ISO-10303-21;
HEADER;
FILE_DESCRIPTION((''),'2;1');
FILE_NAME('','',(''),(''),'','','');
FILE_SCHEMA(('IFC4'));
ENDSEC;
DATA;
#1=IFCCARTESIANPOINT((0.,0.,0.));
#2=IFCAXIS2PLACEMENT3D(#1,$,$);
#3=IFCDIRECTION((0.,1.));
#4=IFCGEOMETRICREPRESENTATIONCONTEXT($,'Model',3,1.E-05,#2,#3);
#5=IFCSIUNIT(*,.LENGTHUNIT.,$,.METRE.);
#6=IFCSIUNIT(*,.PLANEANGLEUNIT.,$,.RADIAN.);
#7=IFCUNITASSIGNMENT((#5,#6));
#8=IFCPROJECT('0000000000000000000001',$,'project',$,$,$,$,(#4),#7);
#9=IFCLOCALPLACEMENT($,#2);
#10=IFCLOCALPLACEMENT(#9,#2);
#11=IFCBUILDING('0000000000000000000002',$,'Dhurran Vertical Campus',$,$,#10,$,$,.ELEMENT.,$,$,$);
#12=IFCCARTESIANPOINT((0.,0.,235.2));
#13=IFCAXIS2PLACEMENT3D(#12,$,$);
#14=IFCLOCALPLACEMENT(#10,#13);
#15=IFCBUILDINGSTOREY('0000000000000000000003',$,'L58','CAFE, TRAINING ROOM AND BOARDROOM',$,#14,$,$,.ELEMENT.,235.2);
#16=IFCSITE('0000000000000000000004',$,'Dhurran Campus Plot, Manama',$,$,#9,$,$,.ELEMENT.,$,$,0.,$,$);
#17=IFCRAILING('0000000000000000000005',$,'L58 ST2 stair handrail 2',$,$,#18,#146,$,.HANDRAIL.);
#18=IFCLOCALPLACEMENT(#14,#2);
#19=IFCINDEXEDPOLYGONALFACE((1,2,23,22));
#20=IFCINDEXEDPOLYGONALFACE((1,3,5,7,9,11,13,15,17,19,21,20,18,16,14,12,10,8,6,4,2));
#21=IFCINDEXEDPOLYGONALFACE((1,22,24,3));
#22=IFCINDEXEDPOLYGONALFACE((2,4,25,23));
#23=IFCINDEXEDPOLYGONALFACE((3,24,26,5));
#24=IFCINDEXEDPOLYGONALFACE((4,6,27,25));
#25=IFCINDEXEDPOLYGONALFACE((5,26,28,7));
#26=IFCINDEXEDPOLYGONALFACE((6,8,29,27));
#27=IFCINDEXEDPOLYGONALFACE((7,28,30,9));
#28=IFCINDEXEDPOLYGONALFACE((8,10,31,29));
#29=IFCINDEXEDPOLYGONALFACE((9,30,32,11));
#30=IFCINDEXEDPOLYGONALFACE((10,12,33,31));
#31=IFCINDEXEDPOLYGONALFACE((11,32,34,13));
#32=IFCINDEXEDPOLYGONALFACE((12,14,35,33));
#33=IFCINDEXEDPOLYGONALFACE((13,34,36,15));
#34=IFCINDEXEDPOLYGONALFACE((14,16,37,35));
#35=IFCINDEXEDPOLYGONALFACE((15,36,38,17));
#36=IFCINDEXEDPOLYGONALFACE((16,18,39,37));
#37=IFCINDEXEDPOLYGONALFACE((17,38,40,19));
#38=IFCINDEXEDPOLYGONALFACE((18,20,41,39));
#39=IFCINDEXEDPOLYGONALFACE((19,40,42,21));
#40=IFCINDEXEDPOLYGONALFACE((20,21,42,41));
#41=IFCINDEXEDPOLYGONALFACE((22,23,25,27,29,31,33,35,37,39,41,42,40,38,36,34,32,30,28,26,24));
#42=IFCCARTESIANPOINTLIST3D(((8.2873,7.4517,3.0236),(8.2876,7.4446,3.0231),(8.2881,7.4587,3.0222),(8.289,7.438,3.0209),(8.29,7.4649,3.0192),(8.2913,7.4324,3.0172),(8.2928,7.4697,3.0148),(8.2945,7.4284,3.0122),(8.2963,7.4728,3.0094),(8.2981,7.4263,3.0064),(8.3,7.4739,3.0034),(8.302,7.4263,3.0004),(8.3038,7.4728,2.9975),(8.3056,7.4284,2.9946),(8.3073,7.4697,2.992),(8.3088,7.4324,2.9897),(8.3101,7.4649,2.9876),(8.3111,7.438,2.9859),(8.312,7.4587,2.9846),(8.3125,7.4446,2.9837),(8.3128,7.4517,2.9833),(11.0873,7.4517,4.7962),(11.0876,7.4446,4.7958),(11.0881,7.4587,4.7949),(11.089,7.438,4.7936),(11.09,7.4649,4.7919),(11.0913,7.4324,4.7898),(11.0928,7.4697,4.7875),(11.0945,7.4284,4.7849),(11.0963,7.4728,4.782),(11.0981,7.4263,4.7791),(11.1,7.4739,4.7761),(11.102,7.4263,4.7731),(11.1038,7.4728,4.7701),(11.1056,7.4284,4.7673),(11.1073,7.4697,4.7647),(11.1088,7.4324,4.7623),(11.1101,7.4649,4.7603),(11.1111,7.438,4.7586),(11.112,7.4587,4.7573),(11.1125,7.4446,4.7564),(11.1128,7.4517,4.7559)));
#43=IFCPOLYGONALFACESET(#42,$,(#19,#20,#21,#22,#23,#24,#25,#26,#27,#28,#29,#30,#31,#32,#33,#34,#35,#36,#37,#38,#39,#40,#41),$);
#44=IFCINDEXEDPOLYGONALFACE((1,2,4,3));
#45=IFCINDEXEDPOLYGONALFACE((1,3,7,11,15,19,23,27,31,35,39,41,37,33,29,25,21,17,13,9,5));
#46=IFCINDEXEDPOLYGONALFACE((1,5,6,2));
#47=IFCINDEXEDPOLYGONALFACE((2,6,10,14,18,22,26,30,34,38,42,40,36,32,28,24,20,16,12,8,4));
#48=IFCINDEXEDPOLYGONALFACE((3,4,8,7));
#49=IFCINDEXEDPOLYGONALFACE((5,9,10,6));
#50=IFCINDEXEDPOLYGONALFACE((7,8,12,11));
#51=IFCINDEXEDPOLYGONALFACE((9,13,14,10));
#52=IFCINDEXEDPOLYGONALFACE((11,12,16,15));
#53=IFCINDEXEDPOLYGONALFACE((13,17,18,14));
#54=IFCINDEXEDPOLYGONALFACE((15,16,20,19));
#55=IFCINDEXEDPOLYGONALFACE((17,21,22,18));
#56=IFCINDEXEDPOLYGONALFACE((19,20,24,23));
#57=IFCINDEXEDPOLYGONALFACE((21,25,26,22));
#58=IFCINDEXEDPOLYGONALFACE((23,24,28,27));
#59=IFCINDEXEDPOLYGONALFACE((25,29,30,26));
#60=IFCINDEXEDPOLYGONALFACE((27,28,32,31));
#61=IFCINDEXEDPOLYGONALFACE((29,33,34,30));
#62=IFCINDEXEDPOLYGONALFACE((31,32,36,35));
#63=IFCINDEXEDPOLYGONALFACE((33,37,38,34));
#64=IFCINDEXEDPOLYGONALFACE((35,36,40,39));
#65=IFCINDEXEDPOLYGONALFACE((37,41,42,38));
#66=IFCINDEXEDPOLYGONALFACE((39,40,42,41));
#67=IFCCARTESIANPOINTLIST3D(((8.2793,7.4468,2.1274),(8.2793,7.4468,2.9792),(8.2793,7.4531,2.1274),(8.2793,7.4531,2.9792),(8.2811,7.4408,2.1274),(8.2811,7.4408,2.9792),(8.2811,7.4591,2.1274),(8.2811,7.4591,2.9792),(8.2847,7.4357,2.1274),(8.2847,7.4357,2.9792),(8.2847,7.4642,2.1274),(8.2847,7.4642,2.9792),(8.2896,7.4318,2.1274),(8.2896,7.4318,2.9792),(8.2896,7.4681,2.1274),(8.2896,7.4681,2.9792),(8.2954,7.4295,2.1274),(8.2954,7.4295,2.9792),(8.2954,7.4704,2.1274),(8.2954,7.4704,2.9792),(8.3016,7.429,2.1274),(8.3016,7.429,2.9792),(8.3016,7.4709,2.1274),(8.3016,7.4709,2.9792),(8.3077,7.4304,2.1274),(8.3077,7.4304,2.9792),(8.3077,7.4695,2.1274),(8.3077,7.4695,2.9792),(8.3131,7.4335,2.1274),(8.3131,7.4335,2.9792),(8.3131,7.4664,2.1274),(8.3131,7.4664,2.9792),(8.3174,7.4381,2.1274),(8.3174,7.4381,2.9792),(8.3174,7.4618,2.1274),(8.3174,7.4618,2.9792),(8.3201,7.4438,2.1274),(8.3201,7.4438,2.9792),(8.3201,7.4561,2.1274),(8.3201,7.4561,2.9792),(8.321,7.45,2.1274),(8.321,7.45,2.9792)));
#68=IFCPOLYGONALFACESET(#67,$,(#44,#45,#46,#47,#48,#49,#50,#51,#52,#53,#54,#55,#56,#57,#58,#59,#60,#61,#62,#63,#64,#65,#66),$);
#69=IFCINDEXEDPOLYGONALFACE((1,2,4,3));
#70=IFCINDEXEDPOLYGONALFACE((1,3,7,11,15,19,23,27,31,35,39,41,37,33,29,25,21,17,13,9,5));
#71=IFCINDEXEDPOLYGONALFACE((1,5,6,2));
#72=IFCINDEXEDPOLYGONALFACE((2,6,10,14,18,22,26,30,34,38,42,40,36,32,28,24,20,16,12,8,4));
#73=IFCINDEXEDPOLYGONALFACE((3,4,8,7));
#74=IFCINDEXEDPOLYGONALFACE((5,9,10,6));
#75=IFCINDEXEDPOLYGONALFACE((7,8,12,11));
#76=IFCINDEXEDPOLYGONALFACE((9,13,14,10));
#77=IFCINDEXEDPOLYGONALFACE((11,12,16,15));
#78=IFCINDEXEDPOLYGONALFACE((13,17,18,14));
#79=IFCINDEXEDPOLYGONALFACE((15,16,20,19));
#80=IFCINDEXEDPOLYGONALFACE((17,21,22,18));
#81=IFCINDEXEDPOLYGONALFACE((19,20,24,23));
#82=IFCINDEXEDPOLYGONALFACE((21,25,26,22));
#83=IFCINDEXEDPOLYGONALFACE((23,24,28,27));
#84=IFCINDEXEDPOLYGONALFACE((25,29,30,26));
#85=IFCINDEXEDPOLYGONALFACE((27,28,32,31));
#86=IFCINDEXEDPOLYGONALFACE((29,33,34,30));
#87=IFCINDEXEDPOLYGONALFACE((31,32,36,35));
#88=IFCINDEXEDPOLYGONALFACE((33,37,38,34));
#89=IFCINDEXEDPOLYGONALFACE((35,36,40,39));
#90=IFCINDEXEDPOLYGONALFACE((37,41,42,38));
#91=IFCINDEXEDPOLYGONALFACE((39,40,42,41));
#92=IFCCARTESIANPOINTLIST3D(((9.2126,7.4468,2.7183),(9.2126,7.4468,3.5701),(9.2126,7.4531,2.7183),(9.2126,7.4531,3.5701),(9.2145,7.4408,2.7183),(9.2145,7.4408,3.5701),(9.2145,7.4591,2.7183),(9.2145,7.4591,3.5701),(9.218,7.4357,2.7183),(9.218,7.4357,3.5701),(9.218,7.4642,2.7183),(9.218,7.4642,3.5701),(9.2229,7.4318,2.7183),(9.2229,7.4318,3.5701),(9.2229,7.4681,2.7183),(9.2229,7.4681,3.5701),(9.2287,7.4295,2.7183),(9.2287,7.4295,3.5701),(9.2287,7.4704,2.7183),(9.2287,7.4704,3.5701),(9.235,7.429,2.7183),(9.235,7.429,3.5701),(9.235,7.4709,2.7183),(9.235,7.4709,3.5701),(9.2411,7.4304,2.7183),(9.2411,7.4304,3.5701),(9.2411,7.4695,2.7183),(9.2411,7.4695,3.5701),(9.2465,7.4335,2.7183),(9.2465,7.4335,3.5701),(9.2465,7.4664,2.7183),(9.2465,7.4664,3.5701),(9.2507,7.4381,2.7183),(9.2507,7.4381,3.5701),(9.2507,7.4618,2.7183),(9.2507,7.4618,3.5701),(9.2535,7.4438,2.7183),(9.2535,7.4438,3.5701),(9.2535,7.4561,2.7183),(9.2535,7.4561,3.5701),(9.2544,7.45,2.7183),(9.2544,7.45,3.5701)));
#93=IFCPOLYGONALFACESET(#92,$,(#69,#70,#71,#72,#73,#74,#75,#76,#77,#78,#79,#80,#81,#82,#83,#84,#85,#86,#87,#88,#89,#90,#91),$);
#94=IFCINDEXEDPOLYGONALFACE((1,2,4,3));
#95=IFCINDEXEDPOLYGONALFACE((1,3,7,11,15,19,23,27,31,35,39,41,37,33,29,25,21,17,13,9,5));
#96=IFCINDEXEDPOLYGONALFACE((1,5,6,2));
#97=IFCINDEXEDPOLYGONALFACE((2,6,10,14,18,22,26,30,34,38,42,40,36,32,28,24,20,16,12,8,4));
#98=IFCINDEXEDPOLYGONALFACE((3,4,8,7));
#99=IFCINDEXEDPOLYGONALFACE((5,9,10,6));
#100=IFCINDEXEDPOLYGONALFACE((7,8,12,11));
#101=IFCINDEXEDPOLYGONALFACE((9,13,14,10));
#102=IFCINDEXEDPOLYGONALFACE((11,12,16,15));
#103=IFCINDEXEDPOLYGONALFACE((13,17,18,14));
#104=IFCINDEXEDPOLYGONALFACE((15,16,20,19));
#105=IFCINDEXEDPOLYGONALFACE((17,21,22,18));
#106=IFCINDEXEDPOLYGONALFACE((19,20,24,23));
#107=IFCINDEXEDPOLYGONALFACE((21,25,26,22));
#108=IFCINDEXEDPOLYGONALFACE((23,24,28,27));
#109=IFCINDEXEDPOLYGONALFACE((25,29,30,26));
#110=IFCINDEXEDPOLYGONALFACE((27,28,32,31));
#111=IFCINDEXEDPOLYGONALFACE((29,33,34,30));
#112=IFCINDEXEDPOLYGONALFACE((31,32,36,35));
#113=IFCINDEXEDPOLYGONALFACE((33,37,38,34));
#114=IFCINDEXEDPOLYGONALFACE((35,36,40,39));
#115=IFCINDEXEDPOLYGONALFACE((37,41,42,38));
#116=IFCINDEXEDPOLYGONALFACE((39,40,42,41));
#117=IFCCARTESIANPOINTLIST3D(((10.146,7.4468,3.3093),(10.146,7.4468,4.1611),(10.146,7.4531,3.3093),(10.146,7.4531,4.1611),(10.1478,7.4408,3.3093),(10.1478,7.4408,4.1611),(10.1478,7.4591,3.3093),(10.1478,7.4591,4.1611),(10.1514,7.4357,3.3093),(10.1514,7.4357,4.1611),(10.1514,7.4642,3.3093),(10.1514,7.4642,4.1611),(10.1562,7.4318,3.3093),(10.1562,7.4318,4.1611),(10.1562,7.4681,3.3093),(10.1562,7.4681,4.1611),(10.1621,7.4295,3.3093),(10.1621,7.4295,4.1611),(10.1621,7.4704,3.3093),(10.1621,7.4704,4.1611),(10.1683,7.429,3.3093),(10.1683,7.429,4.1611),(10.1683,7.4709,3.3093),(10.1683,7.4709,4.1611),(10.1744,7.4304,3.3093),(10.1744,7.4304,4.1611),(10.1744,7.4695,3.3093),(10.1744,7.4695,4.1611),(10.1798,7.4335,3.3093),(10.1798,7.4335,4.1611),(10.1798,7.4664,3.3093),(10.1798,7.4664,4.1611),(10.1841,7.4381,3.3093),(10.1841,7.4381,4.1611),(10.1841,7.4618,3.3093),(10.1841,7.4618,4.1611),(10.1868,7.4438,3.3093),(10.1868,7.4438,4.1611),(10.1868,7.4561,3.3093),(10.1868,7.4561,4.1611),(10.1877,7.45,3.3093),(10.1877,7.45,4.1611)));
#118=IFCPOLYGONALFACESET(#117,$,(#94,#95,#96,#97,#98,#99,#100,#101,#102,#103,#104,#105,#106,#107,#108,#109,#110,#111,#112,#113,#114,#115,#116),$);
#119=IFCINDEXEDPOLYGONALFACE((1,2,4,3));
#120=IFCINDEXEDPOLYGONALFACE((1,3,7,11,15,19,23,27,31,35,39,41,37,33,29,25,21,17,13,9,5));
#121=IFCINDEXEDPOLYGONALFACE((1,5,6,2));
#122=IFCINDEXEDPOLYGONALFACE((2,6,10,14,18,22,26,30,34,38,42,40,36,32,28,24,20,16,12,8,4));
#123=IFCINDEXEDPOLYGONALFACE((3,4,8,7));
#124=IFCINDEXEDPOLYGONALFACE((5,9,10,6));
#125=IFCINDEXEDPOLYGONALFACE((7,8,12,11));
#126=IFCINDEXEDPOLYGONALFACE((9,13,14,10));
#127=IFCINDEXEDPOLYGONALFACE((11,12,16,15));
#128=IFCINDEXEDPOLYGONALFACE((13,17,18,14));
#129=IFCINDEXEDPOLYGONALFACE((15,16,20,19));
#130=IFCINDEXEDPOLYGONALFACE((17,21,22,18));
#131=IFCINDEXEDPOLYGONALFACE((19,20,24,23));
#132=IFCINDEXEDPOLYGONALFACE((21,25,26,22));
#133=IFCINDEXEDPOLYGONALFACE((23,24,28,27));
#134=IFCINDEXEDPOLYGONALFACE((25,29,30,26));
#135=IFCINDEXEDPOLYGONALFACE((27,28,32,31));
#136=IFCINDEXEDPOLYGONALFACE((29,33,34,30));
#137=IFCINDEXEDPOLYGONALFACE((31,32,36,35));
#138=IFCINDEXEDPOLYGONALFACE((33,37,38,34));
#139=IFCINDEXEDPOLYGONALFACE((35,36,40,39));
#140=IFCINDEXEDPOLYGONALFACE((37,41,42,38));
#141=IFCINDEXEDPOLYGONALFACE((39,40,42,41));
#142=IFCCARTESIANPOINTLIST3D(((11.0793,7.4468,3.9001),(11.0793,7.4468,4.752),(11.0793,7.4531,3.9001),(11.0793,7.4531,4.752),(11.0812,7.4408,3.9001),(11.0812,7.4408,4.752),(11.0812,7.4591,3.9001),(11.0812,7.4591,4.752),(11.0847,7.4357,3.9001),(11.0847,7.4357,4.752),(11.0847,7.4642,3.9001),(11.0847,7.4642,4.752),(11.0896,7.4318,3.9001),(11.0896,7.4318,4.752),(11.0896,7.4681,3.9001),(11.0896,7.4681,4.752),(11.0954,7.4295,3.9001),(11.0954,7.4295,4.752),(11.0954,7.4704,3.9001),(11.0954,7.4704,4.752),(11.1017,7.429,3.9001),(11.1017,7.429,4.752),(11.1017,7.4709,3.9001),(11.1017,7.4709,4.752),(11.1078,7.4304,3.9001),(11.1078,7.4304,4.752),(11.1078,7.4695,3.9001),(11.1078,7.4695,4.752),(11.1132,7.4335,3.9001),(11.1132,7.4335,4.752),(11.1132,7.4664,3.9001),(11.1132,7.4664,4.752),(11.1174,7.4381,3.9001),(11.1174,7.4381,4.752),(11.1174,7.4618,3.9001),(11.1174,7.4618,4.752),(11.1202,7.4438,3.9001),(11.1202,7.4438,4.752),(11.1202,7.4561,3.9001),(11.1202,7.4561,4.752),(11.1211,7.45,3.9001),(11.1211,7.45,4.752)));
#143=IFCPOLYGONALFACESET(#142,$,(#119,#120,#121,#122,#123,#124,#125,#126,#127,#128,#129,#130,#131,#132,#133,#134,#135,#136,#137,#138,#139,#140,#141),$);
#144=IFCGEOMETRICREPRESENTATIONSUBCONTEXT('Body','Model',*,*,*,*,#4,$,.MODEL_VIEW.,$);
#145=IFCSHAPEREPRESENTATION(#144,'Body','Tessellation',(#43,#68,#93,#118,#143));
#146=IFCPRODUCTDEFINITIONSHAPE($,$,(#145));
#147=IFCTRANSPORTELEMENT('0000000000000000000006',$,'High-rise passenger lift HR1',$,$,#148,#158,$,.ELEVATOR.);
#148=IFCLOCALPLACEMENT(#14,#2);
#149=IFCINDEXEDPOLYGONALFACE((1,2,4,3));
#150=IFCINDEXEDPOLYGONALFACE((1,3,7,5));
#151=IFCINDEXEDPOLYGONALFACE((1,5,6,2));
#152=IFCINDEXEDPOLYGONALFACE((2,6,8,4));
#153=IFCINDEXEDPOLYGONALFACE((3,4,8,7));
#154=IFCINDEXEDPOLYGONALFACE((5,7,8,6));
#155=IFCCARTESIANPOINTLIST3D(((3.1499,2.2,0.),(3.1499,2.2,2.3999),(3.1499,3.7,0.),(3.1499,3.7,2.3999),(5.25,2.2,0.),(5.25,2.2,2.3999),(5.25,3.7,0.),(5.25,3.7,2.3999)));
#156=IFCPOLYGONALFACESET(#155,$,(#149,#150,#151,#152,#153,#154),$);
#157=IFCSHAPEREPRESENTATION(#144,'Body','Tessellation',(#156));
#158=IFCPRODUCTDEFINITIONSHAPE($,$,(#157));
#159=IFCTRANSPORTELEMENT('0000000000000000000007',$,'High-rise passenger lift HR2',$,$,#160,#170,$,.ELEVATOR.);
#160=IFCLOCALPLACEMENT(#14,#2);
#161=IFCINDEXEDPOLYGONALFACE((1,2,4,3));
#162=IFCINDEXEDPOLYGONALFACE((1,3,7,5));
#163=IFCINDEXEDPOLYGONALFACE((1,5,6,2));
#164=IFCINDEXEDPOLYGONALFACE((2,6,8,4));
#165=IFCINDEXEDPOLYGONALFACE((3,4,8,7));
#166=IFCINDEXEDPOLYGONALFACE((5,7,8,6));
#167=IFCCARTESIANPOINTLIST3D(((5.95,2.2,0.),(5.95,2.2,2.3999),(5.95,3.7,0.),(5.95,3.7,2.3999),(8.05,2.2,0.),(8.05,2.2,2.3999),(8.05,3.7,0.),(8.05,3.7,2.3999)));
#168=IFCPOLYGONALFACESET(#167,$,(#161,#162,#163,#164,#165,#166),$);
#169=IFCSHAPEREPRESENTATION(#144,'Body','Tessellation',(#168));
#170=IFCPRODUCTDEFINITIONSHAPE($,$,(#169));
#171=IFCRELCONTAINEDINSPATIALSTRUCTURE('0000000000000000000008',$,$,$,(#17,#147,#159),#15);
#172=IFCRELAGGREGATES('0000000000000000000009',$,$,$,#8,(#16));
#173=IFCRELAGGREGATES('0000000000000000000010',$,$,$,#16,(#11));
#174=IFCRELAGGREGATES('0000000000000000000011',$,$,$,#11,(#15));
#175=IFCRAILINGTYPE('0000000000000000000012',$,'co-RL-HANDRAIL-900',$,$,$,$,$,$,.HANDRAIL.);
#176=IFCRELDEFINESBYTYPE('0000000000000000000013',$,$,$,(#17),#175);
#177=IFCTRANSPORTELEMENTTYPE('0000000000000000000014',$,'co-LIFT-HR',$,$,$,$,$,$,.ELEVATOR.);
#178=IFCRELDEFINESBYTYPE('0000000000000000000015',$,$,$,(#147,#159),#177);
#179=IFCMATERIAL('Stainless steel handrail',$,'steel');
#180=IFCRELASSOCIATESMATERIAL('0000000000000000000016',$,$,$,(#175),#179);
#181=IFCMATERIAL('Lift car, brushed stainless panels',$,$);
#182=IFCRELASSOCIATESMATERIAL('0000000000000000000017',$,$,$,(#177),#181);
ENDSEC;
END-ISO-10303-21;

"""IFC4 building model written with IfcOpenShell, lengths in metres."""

from ifc_helpers import new_model, si_unit, direction, frame, origin, origin_2d, place, context, subcontext, project, spatial, rectangle, circle, extrude, material, type_object, element, save


model = new_model("IFC4")

# Units and contexts
model_context = context("Model", 3, precision=1e-05, world=origin(), true_north=direction((0.0, 1.0)))
body_context = subcontext(model_context, "Body", "Model", "MODEL_VIEW")
ifc_project = project(units=[si_unit("LENGTHUNIT", "METRE"), si_unit("PLANEANGLEUNIT", "RADIAN")], contexts=[model_context])

# Site, building, storey
site_placement = place(None, origin())
site = spatial("IfcSite", under=ifc_project, at=site_placement, Name="Dhurran Campus Plot, Manama", CompositionType="ELEMENT", RefElevation=0.0)
building_placement = place(site_placement, origin())
building = spatial("IfcBuilding", under=site, at=building_placement, Name="Dhurran Vertical Campus", CompositionType="ELEMENT")
storey_placement = place(building_placement, frame((0.0, 0.0, 235.2)))
storey = spatial("IfcBuildingStorey", under=building, at=storey_placement, Name="L58", Description="CAFE, TRAINING ROOM AND BOARDROOM", CompositionType="ELEMENT", Elevation=235.2)

# Railing
ifc_material_1 = material(Name="Stainless steel handrail", Category="steel")
railing_type_1 = type_object("IfcRailingType", Name="co-RL-HANDRAIL-900", PredefinedType="HANDRAIL", material=ifc_material_1)
railing_1_placement = place(storey_placement, frame((8.3, 7.45, 2.1274)))
element("IfcRailing", 1, at=railing_1_placement, inside=storey, type_object=railing_type_1, Name="L58 ST2 stair handrail 2", PredefinedType="HANDRAIL", context=body_context, shape_type="SweptSolid", body=[
    extrude(circle(Radius=0.0239, at=origin_2d()), frame((0.0, 0.0, 0.876), z_axis=(0.844909, 0.0, 0.53491), x_axis=(0.0, 1.0, 0.0)), (0.0, 0.0, 1.0), 3.314),
    extrude(circle(Radius=0.021, at=origin_2d()), origin(), (0.0, 0.0, 1.0), 0.8518),
    extrude(circle(Radius=0.021, at=origin_2d()), frame((0.9333, 0.0, 0.5908)), (0.0, 0.0, 1.0), 0.8518),
    extrude(circle(Radius=0.021, at=origin_2d()), frame((1.8667, 0.0, 1.1819)), (0.0, 0.0, 1.0), 0.8518),
    extrude(circle(Radius=0.021, at=origin_2d()), frame((2.8, 0.0, 1.7727)), (0.0, 0.0, 1.0), 0.8518),
])

# Transport elements
ifc_material_2 = material(Name="Lift car, brushed stainless panels")
transport_element_type = type_object("IfcTransportElementType", Name="co-LIFT-HR", PredefinedType="ELEVATOR", material=ifc_material_2)
for number, where, z_axis, x_axis, name in (
    (2, (4.2, 2.95, 0.0), (0.0, 0.0, 1.0), (1.0, 0.0, 0.0), "High-rise passenger lift HR1"),
    (3, (7.0, 2.95, 0.0), (0.0, 0.0, 1.0), (1.0, 0.0, 0.0), "High-rise passenger lift HR2"),
):
    element("IfcTransportElement", number, at=place(storey_placement, frame(where, z_axis=z_axis, x_axis=x_axis)), inside=storey, type_object=transport_element_type, Name=name, PredefinedType="ELEVATOR", context=body_context, shape_type="SweptSolid", body=[
        extrude(rectangle(XDim=2.1001, YDim=1.5, at=origin_2d()), origin(), (0.0, 0.0, 1.0), 2.3999),
    ])

save(model, "model.ifc")
